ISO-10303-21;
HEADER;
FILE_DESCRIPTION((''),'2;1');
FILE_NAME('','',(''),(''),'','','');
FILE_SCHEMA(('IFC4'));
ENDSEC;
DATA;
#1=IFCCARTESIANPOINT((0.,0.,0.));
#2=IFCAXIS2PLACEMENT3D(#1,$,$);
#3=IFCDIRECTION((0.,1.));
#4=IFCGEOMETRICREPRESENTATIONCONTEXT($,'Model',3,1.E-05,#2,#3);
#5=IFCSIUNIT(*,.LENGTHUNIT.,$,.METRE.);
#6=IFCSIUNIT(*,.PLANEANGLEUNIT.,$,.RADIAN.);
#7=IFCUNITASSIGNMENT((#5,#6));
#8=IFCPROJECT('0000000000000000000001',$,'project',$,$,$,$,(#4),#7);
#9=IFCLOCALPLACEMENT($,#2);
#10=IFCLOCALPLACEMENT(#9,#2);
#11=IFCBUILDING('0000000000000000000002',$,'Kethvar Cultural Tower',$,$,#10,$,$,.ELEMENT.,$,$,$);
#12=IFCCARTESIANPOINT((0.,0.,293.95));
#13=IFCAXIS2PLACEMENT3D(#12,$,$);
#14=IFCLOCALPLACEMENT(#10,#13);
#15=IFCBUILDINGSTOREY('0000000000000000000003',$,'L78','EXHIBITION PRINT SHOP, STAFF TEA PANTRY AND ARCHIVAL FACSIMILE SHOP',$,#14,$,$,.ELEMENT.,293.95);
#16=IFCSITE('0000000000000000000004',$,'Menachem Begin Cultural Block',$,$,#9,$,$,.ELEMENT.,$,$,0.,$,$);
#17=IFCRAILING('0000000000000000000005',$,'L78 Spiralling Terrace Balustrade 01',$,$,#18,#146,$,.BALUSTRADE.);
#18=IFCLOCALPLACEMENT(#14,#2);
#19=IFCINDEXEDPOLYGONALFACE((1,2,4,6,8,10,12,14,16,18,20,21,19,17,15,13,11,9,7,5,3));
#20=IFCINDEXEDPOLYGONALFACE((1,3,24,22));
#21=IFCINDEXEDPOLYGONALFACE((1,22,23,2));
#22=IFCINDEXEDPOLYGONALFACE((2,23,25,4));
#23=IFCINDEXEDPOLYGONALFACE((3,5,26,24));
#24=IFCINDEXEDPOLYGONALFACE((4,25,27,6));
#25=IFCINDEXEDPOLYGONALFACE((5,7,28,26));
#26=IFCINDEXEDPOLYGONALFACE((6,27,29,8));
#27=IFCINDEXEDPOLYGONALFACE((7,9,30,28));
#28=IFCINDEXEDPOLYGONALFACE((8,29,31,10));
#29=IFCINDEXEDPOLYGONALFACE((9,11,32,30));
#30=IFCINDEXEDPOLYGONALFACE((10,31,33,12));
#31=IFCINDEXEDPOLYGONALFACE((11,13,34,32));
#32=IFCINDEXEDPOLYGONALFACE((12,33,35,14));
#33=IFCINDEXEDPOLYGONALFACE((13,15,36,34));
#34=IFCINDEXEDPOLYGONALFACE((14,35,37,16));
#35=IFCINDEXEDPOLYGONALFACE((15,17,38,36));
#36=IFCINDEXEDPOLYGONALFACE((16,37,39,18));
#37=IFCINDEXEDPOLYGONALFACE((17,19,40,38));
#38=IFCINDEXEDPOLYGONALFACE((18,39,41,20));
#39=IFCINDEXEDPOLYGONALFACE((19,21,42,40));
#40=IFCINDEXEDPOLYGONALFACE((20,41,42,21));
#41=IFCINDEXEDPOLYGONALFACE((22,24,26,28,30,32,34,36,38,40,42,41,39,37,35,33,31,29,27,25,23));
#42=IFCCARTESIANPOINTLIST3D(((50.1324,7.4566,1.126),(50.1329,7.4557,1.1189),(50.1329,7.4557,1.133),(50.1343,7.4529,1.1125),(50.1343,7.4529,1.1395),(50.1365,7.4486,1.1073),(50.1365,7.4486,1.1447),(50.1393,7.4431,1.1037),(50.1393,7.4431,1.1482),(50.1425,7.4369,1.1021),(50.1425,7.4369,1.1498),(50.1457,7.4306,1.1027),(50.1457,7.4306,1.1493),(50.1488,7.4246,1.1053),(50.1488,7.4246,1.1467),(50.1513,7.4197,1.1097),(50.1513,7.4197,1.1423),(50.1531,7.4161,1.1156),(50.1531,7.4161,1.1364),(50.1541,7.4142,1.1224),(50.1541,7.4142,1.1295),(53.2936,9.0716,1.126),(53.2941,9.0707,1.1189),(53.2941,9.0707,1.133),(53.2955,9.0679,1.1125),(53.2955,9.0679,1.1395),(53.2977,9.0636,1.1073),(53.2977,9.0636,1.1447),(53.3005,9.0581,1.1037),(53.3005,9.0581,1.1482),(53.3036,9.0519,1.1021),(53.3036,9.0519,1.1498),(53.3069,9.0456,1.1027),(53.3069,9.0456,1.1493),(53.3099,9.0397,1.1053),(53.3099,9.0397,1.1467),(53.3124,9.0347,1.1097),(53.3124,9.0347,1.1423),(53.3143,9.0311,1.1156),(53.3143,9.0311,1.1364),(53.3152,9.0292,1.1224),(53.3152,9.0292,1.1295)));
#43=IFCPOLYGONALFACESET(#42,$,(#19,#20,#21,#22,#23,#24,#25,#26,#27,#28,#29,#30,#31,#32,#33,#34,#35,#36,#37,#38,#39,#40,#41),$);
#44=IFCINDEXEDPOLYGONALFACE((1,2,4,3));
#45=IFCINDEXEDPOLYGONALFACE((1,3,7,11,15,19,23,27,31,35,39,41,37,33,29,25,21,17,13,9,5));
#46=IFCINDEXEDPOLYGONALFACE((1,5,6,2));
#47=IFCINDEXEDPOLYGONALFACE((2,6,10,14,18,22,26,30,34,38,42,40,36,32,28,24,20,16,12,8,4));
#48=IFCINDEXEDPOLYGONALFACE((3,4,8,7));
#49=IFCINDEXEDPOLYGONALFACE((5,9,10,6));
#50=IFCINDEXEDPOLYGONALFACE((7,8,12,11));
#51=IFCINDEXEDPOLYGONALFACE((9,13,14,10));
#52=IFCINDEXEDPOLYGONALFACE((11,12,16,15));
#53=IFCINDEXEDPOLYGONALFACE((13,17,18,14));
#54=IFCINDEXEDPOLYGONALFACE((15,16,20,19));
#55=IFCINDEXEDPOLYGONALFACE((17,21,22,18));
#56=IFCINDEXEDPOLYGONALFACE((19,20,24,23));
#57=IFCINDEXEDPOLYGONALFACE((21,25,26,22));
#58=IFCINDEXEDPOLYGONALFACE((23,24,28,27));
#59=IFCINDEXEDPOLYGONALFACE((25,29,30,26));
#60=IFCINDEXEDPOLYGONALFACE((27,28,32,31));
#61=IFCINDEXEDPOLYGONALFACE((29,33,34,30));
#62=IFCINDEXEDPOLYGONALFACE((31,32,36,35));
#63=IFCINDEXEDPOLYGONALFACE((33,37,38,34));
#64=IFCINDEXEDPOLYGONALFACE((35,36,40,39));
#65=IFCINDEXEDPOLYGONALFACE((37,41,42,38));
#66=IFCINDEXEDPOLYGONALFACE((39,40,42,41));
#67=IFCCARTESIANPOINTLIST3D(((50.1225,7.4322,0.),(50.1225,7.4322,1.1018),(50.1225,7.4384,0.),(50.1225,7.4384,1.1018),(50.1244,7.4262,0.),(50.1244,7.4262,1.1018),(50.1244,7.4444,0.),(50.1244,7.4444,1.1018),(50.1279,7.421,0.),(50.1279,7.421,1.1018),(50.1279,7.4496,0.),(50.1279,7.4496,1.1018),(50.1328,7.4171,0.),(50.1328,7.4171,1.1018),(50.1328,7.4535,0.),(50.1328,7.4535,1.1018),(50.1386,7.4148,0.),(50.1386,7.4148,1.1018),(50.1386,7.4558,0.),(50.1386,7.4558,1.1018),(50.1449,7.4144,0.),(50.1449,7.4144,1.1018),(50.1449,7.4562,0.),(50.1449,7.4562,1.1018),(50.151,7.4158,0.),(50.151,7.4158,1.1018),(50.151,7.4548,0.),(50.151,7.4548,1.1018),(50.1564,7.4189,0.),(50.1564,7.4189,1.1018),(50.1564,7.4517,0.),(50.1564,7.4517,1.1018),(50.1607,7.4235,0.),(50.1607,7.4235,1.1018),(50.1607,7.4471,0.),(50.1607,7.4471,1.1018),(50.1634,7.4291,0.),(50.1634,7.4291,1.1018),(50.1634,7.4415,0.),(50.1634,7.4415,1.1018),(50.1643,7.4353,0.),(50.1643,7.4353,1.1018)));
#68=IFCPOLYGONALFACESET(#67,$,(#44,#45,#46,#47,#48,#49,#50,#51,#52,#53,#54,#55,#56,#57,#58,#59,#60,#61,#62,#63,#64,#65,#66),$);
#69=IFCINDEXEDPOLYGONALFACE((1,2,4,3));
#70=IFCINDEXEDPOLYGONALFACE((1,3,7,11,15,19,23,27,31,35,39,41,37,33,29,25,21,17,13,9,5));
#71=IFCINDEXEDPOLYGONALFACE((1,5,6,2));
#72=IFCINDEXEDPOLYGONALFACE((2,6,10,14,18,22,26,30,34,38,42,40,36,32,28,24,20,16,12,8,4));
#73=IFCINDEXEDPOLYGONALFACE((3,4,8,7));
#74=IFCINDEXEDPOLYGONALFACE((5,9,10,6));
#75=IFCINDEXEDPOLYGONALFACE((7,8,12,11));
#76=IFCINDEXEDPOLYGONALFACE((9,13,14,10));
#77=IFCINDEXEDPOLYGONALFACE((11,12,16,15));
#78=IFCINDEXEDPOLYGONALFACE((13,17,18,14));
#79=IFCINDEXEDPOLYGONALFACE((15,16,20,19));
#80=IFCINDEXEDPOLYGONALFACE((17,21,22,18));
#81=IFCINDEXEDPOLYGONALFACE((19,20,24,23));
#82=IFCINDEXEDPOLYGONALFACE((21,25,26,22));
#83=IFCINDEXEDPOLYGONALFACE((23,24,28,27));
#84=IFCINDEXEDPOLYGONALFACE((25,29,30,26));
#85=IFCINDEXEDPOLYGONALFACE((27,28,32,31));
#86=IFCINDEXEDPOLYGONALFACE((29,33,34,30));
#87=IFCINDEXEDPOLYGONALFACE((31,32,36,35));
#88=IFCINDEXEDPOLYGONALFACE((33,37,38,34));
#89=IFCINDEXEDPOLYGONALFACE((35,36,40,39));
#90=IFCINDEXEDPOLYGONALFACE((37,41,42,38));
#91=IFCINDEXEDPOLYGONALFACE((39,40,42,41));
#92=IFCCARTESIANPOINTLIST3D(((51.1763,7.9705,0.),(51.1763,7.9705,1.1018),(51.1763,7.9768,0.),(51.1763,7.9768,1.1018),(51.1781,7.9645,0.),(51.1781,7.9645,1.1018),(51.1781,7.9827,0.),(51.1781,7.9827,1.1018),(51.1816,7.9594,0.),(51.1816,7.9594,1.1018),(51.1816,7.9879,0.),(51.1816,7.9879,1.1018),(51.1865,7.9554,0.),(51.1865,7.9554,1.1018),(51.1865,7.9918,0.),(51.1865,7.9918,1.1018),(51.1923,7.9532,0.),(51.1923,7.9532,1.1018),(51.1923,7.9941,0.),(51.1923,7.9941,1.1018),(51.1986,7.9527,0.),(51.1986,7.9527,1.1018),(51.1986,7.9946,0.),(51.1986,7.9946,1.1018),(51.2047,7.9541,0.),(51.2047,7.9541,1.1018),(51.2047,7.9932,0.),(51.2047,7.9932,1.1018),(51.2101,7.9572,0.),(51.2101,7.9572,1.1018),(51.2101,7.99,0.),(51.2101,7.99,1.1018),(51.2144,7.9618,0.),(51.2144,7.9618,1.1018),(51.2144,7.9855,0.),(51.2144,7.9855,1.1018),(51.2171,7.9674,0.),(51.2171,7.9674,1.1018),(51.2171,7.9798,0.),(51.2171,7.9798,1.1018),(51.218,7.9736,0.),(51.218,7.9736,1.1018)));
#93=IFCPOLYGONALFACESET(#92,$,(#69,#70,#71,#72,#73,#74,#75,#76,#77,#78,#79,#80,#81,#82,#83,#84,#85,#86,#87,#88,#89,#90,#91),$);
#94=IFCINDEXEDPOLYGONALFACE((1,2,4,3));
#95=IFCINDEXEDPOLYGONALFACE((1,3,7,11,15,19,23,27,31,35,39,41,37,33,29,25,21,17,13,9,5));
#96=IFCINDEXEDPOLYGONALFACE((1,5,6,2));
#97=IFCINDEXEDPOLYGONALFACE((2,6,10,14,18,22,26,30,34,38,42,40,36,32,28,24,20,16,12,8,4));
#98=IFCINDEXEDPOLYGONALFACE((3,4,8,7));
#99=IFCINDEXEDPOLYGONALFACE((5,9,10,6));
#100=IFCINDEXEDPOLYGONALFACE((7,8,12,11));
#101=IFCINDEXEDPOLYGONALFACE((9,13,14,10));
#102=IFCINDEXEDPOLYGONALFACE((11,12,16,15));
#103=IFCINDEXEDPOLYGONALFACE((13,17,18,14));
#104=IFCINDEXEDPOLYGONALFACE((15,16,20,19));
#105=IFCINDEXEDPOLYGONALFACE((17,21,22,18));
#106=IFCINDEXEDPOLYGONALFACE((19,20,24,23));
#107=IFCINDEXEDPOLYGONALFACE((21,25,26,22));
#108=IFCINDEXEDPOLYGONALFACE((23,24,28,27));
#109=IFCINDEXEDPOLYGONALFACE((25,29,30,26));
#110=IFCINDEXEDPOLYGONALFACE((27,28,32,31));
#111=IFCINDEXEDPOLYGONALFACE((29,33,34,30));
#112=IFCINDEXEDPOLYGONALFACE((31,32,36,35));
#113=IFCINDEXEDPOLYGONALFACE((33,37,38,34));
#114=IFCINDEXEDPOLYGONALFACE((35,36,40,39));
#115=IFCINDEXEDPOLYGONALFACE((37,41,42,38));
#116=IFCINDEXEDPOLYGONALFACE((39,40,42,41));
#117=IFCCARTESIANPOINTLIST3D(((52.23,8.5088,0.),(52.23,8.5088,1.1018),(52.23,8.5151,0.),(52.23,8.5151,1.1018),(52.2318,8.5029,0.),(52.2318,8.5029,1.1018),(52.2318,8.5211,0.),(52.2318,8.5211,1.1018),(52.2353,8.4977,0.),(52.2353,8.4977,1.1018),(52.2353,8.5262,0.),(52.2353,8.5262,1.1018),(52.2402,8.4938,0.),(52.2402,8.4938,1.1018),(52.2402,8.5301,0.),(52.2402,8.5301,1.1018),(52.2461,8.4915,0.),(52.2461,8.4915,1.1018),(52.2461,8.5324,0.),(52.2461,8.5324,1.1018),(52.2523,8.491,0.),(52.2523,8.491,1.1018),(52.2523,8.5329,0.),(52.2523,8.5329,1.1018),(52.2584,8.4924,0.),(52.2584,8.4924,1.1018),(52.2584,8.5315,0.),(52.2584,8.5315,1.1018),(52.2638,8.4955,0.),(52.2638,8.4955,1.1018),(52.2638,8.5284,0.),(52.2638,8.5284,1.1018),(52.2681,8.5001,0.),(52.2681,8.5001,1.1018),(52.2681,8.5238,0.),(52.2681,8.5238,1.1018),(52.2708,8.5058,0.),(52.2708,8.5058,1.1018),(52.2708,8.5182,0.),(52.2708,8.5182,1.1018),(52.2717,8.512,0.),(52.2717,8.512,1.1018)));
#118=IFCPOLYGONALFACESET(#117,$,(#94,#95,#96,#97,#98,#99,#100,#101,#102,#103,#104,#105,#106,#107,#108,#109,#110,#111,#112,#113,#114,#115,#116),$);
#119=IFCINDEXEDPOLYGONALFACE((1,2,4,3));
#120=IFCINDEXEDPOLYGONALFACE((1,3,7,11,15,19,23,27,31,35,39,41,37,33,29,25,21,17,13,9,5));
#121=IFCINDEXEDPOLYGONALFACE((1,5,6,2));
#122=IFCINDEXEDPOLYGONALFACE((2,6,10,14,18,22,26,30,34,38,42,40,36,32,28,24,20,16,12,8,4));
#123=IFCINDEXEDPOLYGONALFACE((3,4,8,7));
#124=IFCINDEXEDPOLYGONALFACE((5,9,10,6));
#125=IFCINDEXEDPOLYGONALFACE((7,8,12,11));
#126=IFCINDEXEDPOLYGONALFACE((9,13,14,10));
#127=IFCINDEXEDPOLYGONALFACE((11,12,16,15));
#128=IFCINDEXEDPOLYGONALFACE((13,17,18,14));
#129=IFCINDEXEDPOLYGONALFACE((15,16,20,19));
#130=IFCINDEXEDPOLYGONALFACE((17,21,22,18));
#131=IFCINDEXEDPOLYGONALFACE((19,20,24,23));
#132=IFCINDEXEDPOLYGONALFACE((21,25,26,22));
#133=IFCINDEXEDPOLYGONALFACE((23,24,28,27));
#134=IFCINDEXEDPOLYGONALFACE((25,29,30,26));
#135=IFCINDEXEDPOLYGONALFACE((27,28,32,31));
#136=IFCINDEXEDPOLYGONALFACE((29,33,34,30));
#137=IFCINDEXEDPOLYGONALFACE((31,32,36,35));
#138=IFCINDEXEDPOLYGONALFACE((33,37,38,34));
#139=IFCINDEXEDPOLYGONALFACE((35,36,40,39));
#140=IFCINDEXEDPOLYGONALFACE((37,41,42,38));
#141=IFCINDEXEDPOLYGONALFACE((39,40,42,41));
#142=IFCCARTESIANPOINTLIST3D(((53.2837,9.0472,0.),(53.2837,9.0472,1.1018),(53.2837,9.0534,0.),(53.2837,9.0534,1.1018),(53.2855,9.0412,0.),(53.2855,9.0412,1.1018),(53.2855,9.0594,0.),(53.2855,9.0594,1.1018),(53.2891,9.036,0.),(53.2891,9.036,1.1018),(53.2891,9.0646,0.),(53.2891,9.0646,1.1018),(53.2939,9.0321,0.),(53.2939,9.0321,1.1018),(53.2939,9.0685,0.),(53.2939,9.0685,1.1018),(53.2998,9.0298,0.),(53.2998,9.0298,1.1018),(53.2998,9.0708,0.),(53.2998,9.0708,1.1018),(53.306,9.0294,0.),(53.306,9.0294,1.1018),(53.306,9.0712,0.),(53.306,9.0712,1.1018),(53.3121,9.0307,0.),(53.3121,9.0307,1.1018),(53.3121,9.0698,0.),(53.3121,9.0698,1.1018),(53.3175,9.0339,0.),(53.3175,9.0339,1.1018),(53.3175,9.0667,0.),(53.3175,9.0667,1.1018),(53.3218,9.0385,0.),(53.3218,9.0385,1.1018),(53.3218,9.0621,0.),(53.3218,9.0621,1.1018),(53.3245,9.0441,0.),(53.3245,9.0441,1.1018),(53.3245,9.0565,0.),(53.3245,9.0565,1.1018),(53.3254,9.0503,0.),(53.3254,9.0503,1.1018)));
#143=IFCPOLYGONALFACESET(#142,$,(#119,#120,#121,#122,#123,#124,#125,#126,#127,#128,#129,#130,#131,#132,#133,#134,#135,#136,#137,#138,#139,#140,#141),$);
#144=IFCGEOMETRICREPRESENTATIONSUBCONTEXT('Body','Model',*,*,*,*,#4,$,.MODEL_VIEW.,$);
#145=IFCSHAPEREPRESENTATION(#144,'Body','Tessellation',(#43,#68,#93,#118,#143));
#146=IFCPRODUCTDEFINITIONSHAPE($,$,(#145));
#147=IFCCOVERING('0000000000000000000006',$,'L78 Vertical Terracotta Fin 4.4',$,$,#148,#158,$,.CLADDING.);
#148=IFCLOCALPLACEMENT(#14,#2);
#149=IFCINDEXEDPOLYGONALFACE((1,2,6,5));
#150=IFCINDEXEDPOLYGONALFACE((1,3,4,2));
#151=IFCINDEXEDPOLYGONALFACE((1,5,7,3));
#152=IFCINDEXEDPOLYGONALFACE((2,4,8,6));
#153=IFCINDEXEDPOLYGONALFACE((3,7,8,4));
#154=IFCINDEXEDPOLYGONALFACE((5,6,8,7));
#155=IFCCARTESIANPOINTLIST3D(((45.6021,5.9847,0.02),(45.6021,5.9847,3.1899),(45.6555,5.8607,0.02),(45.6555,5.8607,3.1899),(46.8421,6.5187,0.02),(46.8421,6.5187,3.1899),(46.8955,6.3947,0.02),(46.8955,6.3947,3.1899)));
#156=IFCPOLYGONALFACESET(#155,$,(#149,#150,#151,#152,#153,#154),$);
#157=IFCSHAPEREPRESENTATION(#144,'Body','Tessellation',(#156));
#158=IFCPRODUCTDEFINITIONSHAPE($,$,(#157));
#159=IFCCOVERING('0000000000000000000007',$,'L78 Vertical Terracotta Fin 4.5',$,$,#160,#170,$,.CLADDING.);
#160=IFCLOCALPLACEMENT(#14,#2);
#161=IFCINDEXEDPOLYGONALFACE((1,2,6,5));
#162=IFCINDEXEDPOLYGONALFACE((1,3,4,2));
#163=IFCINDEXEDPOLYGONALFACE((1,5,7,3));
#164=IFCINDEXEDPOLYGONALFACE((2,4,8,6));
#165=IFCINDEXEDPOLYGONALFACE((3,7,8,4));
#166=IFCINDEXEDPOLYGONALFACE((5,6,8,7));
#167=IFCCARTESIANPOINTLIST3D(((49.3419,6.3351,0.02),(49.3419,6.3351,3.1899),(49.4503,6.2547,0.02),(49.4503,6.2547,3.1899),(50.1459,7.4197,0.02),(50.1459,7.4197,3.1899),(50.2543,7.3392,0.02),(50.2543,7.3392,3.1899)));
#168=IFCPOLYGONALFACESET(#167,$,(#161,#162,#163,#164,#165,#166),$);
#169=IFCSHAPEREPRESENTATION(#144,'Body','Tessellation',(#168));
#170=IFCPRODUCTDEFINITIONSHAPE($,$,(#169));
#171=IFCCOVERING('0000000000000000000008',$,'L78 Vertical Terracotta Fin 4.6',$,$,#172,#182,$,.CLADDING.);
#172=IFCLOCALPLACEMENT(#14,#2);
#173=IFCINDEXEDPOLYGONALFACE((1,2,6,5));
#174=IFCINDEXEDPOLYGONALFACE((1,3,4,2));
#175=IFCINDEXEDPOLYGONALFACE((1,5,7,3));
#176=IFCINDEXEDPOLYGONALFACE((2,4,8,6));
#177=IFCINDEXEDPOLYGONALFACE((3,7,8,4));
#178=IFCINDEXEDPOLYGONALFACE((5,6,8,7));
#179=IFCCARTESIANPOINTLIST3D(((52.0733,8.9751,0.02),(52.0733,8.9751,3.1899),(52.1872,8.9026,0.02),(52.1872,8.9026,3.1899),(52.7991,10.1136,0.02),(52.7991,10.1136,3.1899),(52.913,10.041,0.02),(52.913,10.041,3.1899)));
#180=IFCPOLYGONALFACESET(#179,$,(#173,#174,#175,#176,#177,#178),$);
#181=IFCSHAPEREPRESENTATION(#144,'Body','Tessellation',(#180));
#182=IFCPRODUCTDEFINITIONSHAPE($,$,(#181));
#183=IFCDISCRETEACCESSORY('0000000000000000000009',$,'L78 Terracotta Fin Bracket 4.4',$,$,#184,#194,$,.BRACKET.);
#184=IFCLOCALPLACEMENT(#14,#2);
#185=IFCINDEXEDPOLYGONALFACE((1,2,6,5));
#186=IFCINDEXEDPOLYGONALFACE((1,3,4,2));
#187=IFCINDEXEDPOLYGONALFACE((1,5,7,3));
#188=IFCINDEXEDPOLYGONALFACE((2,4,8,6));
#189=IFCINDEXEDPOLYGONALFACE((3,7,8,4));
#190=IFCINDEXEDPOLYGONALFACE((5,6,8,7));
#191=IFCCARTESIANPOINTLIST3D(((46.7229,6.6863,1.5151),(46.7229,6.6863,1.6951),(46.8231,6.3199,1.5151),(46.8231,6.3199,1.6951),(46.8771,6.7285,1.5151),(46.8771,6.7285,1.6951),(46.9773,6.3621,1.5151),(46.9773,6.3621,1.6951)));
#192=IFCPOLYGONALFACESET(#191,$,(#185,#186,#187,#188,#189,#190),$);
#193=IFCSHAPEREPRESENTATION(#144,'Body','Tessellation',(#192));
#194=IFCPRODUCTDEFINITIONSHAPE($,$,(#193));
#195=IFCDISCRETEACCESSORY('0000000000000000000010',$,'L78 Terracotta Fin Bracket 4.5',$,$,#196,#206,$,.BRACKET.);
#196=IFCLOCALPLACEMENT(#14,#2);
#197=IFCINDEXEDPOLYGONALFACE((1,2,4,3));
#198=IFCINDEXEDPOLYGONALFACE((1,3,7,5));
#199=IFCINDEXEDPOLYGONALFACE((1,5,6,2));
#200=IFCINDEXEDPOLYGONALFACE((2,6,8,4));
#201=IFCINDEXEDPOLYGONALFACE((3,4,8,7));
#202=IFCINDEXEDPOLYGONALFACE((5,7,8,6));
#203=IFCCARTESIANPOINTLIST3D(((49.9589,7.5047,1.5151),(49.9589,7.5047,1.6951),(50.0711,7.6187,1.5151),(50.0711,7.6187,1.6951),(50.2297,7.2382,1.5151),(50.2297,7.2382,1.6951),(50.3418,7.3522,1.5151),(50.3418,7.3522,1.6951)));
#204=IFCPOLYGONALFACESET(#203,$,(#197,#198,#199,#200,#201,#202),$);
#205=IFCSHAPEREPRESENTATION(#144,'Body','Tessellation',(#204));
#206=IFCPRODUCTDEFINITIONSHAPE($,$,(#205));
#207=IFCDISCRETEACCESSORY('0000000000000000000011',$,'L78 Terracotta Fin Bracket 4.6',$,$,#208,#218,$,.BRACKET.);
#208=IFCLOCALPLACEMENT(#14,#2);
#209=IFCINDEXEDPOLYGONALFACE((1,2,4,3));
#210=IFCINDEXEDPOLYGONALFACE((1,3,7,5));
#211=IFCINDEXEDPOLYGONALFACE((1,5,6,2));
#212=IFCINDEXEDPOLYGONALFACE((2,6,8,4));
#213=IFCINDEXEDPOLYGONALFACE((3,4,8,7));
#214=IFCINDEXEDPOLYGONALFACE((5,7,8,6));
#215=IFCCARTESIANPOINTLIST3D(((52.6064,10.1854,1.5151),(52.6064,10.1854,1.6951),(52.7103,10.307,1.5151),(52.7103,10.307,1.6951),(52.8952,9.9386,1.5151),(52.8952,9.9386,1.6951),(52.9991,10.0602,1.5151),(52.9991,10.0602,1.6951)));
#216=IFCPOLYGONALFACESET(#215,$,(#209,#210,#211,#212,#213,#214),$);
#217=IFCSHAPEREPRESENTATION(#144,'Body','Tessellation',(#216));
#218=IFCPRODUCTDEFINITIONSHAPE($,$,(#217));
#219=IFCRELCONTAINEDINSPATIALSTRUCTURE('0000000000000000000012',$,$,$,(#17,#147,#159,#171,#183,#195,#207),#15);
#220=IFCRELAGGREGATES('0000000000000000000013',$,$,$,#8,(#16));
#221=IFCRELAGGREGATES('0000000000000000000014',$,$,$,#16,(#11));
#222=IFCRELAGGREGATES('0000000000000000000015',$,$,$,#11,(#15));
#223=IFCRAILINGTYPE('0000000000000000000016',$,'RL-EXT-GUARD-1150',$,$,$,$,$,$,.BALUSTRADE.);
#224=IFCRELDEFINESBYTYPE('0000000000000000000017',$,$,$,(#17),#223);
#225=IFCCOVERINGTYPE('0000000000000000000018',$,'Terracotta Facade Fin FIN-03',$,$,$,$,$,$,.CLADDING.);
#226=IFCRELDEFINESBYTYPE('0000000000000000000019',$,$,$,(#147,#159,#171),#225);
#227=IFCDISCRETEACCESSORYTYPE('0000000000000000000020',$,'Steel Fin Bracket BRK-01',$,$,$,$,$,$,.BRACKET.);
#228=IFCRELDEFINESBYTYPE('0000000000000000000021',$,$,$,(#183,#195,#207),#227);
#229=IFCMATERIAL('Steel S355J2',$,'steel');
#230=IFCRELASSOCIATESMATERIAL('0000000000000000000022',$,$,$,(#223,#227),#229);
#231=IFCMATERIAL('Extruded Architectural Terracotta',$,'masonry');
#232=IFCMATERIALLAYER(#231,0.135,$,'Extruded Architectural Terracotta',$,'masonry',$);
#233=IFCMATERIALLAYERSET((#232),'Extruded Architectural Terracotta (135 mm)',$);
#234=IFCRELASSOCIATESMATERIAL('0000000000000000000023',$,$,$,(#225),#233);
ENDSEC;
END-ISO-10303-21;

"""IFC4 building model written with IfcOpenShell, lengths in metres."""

from ifc_helpers import new_model, si_unit, direction, frame, origin, origin_2d, place, context, subcontext, project, spatial, rectangle, circle, extrude, source, transform, mapped, material, layer, layer_set, type_object, element, save


model = new_model("IFC4")

# Units and contexts
model_context = context("Model", 3, precision=1e-05, world=origin(), true_north=direction((0.0, 1.0)))
body_context = subcontext(model_context, "Body", "Model", "MODEL_VIEW")
ifc_project = project(units=[si_unit("LENGTHUNIT", "METRE"), si_unit("PLANEANGLEUNIT", "RADIAN")], contexts=[model_context])

# Site, building, storey
site_placement = place(None, origin())
site = spatial("IfcSite", under=ifc_project, at=site_placement, Name="Menachem Begin Cultural Block", CompositionType="ELEMENT", RefElevation=0.0)
building_placement = place(site_placement, origin())
building = spatial("IfcBuilding", under=site, at=building_placement, Name="Kethvar Cultural Tower", CompositionType="ELEMENT")
storey_placement = place(building_placement, frame((0.0, 0.0, 293.95)))
storey = spatial("IfcBuildingStorey", under=building, at=storey_placement, Name="L78", Description="EXHIBITION PRINT SHOP, STAFF TEA PANTRY AND ARCHIVAL FACSIMILE SHOP", CompositionType="ELEMENT", Elevation=293.95)

# Shared definitions
ifc_material_1 = material(Name="Steel S355J2", Category="steel")

# Railing
railing_type = type_object("IfcRailingType", Name="RL-EXT-GUARD-1150", PredefinedType="BALUSTRADE", material=ifc_material_1)
railing_placement = place(storey_placement, frame((50.1433, 7.4353, 0.0)))
element("IfcRailing", 1, at=railing_placement, inside=storey, type_object=railing_type, Name="L78 Spiralling Terrace Balustrade 01", PredefinedType="BALUSTRADE", context=body_context, shape_type="SweptSolid", body=[
    extrude(circle(Radius=0.0239, at=origin_2d()), frame((0.0, 0.0, 1.126), z_axis=(0.890515, 0.454955, 0.0), x_axis=(-0.454955, 0.890515, 0.0)), (0.0, 0.0, 1.0), 3.5498),
    extrude(circle(Radius=0.021, at=origin_2d()), origin(), (0.0, 0.0, 1.0), 1.1018),
    extrude(circle(Radius=0.021, at=origin_2d()), frame((1.0537, 0.5383, 0.0)), (0.0, 0.0, 1.0), 1.1018),
    extrude(circle(Radius=0.021, at=origin_2d()), frame((2.1074, 1.0767, 0.0)), (0.0, 0.0, 1.0), 1.1018),
    extrude(circle(Radius=0.021, at=origin_2d()), frame((3.1611, 1.615, 0.0)), (0.0, 0.0, 1.0), 1.1018),
])

# Coverings
ifc_material_2 = material(Name="Extruded Architectural Terracotta", Category="masonry")
ifc_layer_1 = layer(ifc_material_2, 0.135, Name="Extruded Architectural Terracotta", Category="masonry")
ifc_layer_set_1 = layer_set([ifc_layer_1], Name="Extruded Architectural Terracotta (135 mm)")
covering_type = type_object("IfcCoveringType", Name="Terracotta Facade Fin FIN-03", PredefinedType="CLADDING", material=ifc_layer_set_1)
shared_shape_1 = source(origin(), body_context, "Body", "SweptSolid", [
    extrude(rectangle(XDim=1.3501, YDim=0.135, at=origin_2d()), origin(), (0.0, 0.0, 1.0), 3.1699),
])
for number, where, z_axis, x_axis, name in (
    (2, (46.2488, 6.1897, 0.02), (0.0, 0.0, 1.0), (-0.918446, -0.395546, 0.0), "L78 Vertical Terracotta Fin 4.4"),
    (3, (49.7981, 6.8372, 0.02), (0.0, 0.0, 1.0), (-0.595524, -0.803337, 0.0), "L78 Vertical Terracotta Fin 4.5"),
    (4, (52.4932, 9.5081, 0.02), (0.0, 0.0, 1.0), (-0.537594, -0.843204, 0.0), "L78 Vertical Terracotta Fin 4.6"),
):
    element("IfcCovering", number, at=place(storey_placement, frame(where, z_axis=z_axis, x_axis=x_axis)), inside=storey, type_object=covering_type, Name=name, PredefinedType="CLADDING", context=body_context, shape_type="MappedRepresentation", body=[
        mapped(shared_shape_1, transform((0.0, 0.0, 0.0), scale=1.0)),
    ])

# Discrete accessories
discrete_accessory_type = type_object("IfcDiscreteAccessoryType", Name="Steel Fin Bracket BRK-01", PredefinedType="BRACKET", material=ifc_material_1)
shared_shape_2 = source(origin(), body_context, "Body", "SweptSolid", [
    extrude(rectangle(XDim=0.3799, YDim=0.1599, at=origin_2d()), origin(), (0.0, 0.0, 1.0), 0.1799),
])
for number, where, z_axis, x_axis, name in (
    (5, (46.8501, 6.5242, 1.5151), (0.0, 0.0, 1.0), (0.263873, -0.964557, 0.0), "L78 Terracotta Fin Bracket 4.4"),
    (6, (50.1504, 7.4285, 1.5151), (0.0, 0.0, 1.0), (0.712639, -0.701531, 0.0), "L78 Terracotta Fin Bracket 4.5"),
    (7, (52.8027, 10.1228, 1.5151), (0.0, 0.0, 1.0), (0.760179, -0.649713, 0.0), "L78 Terracotta Fin Bracket 4.6"),
):
    element("IfcDiscreteAccessory", number, at=place(storey_placement, frame(where, z_axis=z_axis, x_axis=x_axis)), inside=storey, type_object=discrete_accessory_type, Name=name, PredefinedType="BRACKET", context=body_context, shape_type="MappedRepresentation", body=[
        mapped(shared_shape_2, transform((0.0, 0.0, 0.0), scale=1.0)),
    ])

save(model, "model.ifc")
